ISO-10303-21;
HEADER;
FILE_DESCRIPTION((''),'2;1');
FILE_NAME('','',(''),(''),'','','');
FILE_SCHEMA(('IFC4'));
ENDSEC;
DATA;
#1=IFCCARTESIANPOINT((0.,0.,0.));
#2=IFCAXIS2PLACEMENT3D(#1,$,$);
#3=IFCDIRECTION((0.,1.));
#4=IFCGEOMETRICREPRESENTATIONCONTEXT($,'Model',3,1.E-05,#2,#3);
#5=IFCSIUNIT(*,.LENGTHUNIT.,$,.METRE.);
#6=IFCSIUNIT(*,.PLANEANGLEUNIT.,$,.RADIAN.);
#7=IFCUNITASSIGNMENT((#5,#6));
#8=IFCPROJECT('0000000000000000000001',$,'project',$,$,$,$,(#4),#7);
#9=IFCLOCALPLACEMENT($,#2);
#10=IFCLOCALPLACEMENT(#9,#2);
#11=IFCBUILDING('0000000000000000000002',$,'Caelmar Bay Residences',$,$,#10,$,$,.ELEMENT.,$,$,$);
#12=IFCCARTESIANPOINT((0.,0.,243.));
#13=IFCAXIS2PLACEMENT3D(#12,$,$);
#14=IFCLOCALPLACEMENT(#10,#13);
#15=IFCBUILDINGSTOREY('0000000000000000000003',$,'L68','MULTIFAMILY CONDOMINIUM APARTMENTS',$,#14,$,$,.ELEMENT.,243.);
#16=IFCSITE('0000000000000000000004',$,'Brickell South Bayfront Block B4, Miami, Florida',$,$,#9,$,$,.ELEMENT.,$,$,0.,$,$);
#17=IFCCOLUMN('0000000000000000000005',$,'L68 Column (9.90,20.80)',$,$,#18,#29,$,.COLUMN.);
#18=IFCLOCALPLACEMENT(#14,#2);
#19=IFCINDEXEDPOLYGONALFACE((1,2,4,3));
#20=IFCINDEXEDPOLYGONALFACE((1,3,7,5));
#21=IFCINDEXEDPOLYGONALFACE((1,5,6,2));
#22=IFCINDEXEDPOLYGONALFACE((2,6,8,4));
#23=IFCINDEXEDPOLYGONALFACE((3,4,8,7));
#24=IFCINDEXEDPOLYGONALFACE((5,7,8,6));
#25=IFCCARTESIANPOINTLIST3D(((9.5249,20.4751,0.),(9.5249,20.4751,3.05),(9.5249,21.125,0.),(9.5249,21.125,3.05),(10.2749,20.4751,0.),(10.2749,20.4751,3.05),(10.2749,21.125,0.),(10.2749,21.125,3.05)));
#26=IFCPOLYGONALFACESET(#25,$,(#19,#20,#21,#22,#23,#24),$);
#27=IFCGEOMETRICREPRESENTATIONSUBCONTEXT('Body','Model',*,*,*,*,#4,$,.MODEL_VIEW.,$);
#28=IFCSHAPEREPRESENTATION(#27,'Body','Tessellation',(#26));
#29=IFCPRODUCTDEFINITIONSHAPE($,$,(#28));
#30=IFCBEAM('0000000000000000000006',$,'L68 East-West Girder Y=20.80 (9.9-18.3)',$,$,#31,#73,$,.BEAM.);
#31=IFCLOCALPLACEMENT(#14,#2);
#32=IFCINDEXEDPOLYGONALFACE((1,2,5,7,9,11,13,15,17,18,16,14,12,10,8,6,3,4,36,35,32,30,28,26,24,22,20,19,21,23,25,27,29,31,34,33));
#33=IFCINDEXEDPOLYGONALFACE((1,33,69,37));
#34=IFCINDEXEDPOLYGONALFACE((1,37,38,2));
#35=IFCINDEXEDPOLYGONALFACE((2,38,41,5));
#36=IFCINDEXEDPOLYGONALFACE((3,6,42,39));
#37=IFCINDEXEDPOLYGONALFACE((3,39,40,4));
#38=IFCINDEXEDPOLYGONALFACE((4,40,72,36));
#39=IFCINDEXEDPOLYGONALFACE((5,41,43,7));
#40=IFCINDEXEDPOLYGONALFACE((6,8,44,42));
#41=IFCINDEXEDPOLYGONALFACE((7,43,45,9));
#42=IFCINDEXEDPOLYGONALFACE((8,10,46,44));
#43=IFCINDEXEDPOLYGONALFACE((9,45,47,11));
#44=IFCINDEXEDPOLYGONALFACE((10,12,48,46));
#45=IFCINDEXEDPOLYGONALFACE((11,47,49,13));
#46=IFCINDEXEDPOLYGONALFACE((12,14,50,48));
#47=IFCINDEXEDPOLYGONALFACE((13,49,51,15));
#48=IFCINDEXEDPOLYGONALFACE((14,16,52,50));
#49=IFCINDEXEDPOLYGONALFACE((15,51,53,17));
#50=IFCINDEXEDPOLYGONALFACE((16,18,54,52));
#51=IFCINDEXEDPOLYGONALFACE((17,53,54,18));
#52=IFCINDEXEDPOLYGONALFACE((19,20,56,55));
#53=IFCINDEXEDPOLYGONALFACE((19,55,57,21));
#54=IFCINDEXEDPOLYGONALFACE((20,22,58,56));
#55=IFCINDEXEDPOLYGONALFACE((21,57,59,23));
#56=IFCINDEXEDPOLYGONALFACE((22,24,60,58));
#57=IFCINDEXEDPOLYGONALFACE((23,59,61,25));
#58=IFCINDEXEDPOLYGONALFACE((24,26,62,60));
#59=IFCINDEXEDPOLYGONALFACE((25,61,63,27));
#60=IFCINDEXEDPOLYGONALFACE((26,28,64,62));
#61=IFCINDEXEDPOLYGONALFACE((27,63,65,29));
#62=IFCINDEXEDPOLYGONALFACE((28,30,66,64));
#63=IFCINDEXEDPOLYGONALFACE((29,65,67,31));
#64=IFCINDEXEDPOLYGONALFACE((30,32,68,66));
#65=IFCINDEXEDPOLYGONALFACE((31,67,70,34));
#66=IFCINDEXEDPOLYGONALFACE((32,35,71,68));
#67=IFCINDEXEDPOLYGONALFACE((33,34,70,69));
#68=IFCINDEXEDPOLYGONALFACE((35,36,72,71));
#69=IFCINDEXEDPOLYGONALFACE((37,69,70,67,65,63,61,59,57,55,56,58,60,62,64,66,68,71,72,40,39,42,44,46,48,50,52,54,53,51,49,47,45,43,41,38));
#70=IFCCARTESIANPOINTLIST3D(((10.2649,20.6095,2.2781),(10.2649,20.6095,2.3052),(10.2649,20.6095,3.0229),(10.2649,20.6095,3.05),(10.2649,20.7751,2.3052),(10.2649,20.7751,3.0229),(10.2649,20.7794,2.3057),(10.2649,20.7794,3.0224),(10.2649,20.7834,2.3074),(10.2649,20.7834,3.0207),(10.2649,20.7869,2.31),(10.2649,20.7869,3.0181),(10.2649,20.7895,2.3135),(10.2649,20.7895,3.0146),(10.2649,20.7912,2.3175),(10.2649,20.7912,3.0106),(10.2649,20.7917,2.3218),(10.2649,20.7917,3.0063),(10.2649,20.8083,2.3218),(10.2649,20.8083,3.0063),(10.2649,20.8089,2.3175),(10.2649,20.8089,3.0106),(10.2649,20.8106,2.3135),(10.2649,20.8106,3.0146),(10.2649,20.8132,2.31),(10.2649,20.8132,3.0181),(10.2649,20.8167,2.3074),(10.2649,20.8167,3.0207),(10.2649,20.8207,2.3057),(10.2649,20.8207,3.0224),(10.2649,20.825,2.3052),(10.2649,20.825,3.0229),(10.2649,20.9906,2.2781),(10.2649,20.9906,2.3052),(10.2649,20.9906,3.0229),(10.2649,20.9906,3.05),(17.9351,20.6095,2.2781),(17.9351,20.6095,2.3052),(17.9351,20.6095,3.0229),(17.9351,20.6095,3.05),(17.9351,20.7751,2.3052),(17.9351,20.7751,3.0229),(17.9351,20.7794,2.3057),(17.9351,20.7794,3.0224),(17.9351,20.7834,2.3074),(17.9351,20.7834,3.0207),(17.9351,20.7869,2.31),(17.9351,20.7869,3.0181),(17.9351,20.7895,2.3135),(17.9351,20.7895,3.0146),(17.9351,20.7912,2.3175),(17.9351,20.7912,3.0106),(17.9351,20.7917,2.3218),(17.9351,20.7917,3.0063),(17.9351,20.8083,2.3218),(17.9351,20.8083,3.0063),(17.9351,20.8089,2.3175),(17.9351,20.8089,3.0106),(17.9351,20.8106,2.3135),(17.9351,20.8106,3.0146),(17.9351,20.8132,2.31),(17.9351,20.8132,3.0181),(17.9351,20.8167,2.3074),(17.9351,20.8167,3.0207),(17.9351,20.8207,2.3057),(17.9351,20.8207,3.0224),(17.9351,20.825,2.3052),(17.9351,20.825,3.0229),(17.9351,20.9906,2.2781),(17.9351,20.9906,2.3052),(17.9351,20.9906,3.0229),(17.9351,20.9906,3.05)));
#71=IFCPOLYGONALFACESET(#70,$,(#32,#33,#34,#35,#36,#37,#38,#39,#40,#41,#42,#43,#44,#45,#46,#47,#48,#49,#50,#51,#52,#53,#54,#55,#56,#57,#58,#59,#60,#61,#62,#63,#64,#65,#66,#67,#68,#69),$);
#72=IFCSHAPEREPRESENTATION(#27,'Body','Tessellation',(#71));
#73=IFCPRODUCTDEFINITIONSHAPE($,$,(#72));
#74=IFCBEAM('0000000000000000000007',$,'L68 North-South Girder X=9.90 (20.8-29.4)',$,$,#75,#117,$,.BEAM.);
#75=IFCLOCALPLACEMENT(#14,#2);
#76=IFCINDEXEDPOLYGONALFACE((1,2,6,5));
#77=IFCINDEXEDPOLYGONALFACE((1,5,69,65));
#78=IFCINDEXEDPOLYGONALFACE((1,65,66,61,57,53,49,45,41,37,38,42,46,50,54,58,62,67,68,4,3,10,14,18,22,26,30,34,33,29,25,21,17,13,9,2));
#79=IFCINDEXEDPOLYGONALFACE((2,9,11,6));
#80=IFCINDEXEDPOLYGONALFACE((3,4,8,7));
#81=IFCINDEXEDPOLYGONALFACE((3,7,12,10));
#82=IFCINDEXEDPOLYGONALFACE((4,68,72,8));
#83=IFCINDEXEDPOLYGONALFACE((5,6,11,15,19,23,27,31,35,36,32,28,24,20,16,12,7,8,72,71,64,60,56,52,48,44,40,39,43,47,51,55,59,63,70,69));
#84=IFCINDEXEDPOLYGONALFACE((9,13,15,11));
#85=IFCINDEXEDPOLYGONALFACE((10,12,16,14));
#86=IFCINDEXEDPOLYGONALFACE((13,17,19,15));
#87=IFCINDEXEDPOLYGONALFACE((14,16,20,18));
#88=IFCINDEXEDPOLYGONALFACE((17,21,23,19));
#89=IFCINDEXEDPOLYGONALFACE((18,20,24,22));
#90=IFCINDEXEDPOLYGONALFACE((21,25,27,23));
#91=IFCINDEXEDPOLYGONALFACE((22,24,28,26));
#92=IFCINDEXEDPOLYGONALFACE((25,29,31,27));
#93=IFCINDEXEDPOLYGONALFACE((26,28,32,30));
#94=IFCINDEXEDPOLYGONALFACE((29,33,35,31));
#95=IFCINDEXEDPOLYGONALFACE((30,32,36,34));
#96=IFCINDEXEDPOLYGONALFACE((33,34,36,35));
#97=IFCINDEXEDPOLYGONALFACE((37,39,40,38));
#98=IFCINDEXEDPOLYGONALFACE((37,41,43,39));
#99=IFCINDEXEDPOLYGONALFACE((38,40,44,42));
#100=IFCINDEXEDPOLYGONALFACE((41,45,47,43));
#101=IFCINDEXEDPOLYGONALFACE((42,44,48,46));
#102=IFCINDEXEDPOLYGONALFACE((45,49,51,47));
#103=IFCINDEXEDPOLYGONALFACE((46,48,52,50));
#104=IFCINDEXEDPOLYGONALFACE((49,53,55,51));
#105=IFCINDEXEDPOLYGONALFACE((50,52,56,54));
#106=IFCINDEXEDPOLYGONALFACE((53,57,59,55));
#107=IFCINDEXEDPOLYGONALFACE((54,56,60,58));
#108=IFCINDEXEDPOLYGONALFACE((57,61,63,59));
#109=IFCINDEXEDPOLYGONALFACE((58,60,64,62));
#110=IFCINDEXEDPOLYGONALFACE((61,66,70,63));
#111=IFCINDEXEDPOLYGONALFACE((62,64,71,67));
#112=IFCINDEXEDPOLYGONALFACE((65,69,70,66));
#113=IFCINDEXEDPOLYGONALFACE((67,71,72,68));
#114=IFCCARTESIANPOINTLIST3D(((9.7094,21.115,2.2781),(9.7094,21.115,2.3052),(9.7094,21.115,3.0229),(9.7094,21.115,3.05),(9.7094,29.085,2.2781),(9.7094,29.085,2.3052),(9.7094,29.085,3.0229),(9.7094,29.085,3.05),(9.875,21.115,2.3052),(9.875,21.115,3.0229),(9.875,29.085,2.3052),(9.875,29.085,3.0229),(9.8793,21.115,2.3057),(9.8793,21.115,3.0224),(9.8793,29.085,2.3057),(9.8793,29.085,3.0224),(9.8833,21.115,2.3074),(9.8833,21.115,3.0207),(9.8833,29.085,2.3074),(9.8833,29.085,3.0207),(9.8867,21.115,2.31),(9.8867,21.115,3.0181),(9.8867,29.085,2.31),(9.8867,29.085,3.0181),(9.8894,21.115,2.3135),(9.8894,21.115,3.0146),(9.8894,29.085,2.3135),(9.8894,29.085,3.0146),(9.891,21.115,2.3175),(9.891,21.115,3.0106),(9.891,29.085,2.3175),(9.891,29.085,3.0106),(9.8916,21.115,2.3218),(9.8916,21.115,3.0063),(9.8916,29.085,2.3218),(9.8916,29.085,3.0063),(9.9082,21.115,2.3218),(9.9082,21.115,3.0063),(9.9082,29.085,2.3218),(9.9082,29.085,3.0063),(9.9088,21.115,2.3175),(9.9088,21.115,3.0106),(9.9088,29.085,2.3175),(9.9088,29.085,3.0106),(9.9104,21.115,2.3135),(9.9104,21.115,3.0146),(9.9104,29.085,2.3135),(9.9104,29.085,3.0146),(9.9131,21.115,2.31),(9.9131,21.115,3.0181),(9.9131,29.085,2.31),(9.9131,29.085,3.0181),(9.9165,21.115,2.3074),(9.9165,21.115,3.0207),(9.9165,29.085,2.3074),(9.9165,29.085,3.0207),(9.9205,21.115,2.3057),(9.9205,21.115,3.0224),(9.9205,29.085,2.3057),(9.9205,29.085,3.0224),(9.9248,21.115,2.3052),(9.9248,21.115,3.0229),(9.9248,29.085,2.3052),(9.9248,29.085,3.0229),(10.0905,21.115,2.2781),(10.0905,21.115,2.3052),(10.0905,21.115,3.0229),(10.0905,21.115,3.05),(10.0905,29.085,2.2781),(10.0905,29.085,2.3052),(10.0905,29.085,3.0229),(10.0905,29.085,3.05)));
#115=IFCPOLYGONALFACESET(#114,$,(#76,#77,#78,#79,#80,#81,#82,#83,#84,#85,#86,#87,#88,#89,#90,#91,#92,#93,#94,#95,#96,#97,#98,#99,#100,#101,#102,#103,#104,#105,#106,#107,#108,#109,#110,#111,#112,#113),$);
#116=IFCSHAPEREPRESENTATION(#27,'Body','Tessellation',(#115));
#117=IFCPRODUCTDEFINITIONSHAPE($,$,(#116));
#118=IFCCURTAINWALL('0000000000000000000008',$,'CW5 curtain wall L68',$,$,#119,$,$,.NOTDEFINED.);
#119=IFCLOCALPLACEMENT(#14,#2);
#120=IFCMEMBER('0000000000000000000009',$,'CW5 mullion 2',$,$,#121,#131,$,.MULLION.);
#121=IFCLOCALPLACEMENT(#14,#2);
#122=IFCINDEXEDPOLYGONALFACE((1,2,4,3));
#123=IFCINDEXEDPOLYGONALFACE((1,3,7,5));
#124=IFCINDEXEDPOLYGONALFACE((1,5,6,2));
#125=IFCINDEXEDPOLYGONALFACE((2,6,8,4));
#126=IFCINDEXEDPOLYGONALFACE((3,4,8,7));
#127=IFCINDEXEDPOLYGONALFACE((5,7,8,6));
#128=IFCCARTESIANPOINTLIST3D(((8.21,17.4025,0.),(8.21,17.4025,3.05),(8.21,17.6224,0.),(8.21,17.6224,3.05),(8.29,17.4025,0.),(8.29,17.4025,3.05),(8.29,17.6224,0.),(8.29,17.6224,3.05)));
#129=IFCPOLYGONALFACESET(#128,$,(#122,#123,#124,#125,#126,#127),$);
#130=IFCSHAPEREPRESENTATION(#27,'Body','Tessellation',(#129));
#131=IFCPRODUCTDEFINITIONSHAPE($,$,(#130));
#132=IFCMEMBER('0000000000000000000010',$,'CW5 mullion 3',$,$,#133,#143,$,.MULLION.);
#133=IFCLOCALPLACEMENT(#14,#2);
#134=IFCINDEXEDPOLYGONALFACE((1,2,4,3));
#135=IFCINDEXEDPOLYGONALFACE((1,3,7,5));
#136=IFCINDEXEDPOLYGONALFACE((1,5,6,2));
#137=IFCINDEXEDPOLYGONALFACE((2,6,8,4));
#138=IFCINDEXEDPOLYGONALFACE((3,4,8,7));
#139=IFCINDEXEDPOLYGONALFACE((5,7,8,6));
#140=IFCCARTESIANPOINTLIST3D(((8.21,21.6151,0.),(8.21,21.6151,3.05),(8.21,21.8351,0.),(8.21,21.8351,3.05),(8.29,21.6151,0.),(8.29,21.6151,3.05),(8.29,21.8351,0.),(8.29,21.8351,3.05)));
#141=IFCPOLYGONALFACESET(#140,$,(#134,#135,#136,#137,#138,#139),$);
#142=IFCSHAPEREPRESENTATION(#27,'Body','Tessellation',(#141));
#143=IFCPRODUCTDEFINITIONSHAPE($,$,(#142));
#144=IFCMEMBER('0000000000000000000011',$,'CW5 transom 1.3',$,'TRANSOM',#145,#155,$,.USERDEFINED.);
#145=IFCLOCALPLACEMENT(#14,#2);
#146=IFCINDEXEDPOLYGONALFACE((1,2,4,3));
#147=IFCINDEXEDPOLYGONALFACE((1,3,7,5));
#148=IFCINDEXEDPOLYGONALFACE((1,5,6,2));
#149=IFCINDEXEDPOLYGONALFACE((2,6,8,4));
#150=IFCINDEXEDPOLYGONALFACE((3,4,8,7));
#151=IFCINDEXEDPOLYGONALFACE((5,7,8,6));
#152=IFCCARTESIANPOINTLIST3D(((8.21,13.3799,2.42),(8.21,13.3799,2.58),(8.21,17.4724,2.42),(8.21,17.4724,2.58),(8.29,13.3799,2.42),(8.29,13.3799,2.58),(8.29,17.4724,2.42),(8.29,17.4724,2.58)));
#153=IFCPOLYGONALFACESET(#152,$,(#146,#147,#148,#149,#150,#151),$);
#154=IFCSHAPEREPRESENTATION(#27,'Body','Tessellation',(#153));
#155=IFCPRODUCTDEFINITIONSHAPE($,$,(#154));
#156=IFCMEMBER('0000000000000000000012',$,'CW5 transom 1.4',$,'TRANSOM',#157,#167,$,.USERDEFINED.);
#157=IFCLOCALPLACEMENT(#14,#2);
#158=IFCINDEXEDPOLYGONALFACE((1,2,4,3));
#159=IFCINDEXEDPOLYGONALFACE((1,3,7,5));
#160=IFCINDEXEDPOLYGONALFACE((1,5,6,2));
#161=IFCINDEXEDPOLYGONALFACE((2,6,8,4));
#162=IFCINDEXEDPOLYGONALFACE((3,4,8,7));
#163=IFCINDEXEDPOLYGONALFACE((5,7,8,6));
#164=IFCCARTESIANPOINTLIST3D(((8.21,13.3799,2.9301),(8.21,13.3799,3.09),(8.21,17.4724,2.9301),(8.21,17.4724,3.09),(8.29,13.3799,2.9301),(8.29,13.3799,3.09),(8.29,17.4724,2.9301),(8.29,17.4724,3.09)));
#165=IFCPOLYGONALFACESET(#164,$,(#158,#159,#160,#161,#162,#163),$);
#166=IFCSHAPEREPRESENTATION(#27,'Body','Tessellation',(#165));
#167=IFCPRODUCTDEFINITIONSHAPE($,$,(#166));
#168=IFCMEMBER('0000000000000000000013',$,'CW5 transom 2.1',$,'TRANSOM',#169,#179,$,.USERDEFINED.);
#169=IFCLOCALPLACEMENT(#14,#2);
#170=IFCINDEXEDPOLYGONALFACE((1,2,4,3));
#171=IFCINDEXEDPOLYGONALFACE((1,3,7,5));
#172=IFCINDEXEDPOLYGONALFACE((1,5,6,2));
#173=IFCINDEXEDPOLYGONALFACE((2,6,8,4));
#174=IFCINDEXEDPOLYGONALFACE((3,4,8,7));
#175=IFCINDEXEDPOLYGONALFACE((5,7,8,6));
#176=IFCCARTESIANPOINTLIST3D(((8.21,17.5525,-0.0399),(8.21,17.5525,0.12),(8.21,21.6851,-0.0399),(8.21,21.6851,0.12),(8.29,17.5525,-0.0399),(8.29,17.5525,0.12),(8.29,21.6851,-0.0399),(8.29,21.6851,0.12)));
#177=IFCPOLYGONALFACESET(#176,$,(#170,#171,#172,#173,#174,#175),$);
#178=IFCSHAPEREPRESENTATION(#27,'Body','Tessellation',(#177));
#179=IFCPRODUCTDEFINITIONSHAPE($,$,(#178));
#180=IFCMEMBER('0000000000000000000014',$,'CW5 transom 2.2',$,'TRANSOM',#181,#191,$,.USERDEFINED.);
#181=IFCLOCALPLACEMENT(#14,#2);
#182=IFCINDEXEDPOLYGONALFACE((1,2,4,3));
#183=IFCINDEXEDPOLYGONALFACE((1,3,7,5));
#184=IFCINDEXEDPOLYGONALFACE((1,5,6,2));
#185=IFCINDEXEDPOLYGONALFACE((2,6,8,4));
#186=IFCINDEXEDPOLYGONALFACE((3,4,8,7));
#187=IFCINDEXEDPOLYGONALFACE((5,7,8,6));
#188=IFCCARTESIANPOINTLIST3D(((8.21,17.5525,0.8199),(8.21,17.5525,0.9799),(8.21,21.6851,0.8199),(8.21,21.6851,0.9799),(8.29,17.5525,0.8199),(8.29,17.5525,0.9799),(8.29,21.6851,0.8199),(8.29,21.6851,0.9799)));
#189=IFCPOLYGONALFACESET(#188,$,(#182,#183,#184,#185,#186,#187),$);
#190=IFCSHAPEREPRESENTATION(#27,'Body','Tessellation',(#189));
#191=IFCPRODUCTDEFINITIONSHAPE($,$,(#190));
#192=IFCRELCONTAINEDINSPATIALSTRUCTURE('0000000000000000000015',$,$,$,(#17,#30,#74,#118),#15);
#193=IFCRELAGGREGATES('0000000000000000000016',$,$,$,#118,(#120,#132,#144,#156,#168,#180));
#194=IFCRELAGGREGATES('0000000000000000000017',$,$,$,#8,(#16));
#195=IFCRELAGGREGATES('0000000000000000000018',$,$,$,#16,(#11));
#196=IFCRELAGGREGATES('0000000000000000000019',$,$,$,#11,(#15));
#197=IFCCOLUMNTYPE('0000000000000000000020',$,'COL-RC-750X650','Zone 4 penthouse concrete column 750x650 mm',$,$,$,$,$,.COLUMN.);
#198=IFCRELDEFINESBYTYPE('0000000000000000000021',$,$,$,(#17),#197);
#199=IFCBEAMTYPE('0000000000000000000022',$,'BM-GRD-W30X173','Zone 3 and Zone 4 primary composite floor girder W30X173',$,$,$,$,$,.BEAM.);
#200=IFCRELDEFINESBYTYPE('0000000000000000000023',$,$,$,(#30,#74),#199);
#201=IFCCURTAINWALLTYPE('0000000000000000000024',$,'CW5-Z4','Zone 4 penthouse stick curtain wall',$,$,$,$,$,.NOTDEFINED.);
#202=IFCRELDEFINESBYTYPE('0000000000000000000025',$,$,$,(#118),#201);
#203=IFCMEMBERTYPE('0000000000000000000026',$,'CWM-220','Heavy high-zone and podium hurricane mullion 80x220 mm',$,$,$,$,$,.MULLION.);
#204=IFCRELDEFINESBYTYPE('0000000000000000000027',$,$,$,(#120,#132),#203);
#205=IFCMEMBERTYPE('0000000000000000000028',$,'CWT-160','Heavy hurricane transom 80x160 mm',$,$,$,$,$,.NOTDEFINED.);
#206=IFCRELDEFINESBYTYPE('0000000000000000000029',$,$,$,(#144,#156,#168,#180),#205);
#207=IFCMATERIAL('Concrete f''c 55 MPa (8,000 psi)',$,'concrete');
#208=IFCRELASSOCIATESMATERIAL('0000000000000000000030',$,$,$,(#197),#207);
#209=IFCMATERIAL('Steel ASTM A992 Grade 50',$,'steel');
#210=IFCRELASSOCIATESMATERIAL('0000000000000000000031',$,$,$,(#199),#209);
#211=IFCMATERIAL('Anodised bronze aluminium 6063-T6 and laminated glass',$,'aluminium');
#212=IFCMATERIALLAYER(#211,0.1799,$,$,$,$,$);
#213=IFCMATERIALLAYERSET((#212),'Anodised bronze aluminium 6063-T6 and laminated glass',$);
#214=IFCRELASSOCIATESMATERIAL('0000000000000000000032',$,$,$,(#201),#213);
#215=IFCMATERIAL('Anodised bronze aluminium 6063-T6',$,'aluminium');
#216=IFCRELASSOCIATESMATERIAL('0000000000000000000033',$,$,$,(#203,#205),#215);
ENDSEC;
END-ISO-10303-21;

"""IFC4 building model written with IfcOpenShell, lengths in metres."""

from ifc_helpers import new_model, si_unit, direction, frame, origin, origin_2d, place, context, subcontext, project, spatial, rectangle, i_section, extrude, material, layer, layer_set, material_profile, profile_set, type_object, element, aggregate, save


model = new_model("IFC4")

# Units and contexts
model_context = context("Model", 3, precision=1e-05, world=origin(), true_north=direction((0.0, 1.0)))
body_context = subcontext(model_context, "Body", "Model", "MODEL_VIEW")
ifc_project = project(units=[si_unit("LENGTHUNIT", "METRE"), si_unit("PLANEANGLEUNIT", "RADIAN")], contexts=[model_context])

# Site, building, storey
site_placement = place(None, origin())
site = spatial("IfcSite", under=ifc_project, at=site_placement, Name="Brickell South Bayfront Block B4, Miami, Florida", CompositionType="ELEMENT", RefElevation=0.0)
building_placement = place(site_placement, origin())
building = spatial("IfcBuilding", under=site, at=building_placement, Name="Caelmar Bay Residences", CompositionType="ELEMENT")
storey_placement = place(building_placement, frame((0.0, 0.0, 243.0)))
storey = spatial("IfcBuildingStorey", under=building, at=storey_placement, Name="L68", Description="MULTIFAMILY CONDOMINIUM APARTMENTS", CompositionType="ELEMENT", Elevation=243.0)

# Column
ifc_material_1 = material(Name="Concrete f'c 55 MPa (8,000 psi)", Category="concrete")
ifc_material_profile_1 = material_profile(ifc_material_1, rectangle(XDim=0.75, YDim=0.6499, at=origin_2d()), Name="RC-COL-750X650")
ifc_profile_set_1 = profile_set([ifc_material_profile_1], Name="Concrete f'c 55 MPa (8,000 psi)")
column_type = type_object("IfcColumnType", Name="COL-RC-750X650", Description="Zone 4 penthouse concrete column 750x650 mm", PredefinedType="COLUMN", material=ifc_profile_set_1)
column_placement = place(storey_placement, frame((9.8999, 20.8, 0.0), z_axis=(0.0, 0.0, 1.0), x_axis=(1.0, 0.0, 0.0)))
element("IfcColumn", 1, at=column_placement, inside=storey, type_object=column_type, Name="L68 Column (9.90,20.80)", PredefinedType="COLUMN", context=body_context, shape_type="SweptSolid", body=[
    extrude(rectangle(XDim=0.75, YDim=0.6499, at=origin_2d()), origin(), (0.0, 0.0, 1.0), 3.05),
])

# Beams
ifc_material_2 = material(Name="Steel ASTM A992 Grade 50", Category="steel")
ifc_material_profile_2 = material_profile(ifc_material_2, i_section(OverallWidth=0.3811, OverallDepth=0.772, WebThickness=0.0166, FlangeThickness=0.0271, FilletRadius=0.0166, at=origin_2d()), Name="W30X173")
ifc_profile_set_2 = profile_set([ifc_material_profile_2], Name="Steel ASTM A992 Grade 50")
beam_type = type_object("IfcBeamType", Name="BM-GRD-W30X173", Description="Zone 3 and Zone 4 primary composite floor girder W30X173", PredefinedType="BEAM", material=ifc_profile_set_2)
beam_1_placement = place(storey_placement, frame((10.2649, 20.8, 2.6641), z_axis=(1.0, 0.0, 0.0), x_axis=(0.0, 1.0, 0.0)))
element("IfcBeam", 2, at=beam_1_placement, inside=storey, type_object=beam_type, Name="L68 East-West Girder Y=20.80 (9.9-18.3)", PredefinedType="BEAM", context=body_context, shape_type="SweptSolid", body=[
    extrude(i_section(OverallWidth=0.3811, OverallDepth=0.772, WebThickness=0.0166, FlangeThickness=0.0271, FilletRadius=0.0166, at=origin_2d()), origin(), (0.0, 0.0, 1.0), 7.6702),
])
beam_2_placement = place(storey_placement, frame((9.8999, 21.115, 2.6641), z_axis=(0.0, 1.0, 0.0), x_axis=(-1.0, 0.0, 0.0)))
element("IfcBeam", 3, at=beam_2_placement, inside=storey, type_object=beam_type, Name="L68 North-South Girder X=9.90 (20.8-29.4)", PredefinedType="BEAM", context=body_context, shape_type="SweptSolid", body=[
    extrude(i_section(OverallWidth=0.3811, OverallDepth=0.772, WebThickness=0.0166, FlangeThickness=0.0271, FilletRadius=0.0166, at=origin_2d()), origin(), (0.0, 0.0, 1.0), 7.97),
])

# Curtain wall, members
ifc_material_3 = material(Name="Anodised bronze aluminium 6063-T6 and laminated glass", Category="aluminium")
ifc_layer_1 = layer(ifc_material_3, 0.1799)
ifc_layer_set_1 = layer_set([ifc_layer_1], Name="Anodised bronze aluminium 6063-T6 and laminated glass")
curtain_wall_type = type_object("IfcCurtainWallType", Name="CW5-Z4", Description="Zone 4 penthouse stick curtain wall", PredefinedType="NOTDEFINED", material=ifc_layer_set_1)
curtain_wall_placement = place(storey_placement, origin())
curtain_wall = element("IfcCurtainWall", 4, at=curtain_wall_placement, inside=storey, type_object=curtain_wall_type, Name="CW5 curtain wall L68", PredefinedType="NOTDEFINED")
ifc_material_4 = material(Name="Anodised bronze aluminium 6063-T6", Category="aluminium")
ifc_material_profile_3 = material_profile(ifc_material_4, rectangle(XDim=0.0801, YDim=0.22, at=origin_2d()), Name="CWM-80X220")
ifc_profile_set_3 = profile_set([ifc_material_profile_3], Name="Anodised bronze aluminium 6063-T6")
member_type_1 = type_object("IfcMemberType", Name="CWM-220", Description="Heavy high-zone and podium hurricane mullion 80x220 mm", PredefinedType="MULLION", material=ifc_profile_set_3)
member_1_placement = place(storey_placement, frame((8.25, 17.5125, 0.0), z_axis=(0.0, 0.0, 1.0), x_axis=(-1.0, 0.0, 0.0)))
member_1 = element("IfcMember", 5, at=member_1_placement, type_object=member_type_1, Name="CW5 mullion 2", PredefinedType="MULLION", context=body_context, shape_type="SweptSolid", body=[
    extrude(rectangle(XDim=0.0801, YDim=0.22, at=origin_2d()), origin(), (0.0, 0.0, 1.0), 3.05),
])
member_2_placement = place(storey_placement, frame((8.25, 21.7251, 0.0), z_axis=(0.0, 0.0, 1.0), x_axis=(-1.0, 0.0, 0.0)))
member_2 = element("IfcMember", 6, at=member_2_placement, type_object=member_type_1, Name="CW5 mullion 3", PredefinedType="MULLION", context=body_context, shape_type="SweptSolid", body=[
    extrude(rectangle(XDim=0.0801, YDim=0.22, at=origin_2d()), origin(), (0.0, 0.0, 1.0), 3.05),
])
ifc_material_profile_4 = material_profile(ifc_material_4, rectangle(XDim=0.0801, YDim=0.1599, at=origin_2d()), Name="CWT-80X160")
ifc_profile_set_4 = profile_set([ifc_material_profile_4], Name="Anodised bronze aluminium 6063-T6")
member_type_2 = type_object("IfcMemberType", Name="CWT-160", Description="Heavy hurricane transom 80x160 mm", PredefinedType="NOTDEFINED", material=ifc_profile_set_4)
member_3_placement = place(storey_placement, frame((8.25, 13.3799, 2.5), z_axis=(0.0, 1.0, 0.0), x_axis=(-1.0, 0.0, 0.0)))
member_3 = element("IfcMember", 7, at=member_3_placement, type_object=member_type_2, Name="CW5 transom 1.3", ObjectType="TRANSOM", PredefinedType="USERDEFINED", context=body_context, shape_type="SweptSolid", body=[
    extrude(rectangle(XDim=0.0801, YDim=0.1599, at=origin_2d()), origin(), (0.0, 0.0, 1.0), 4.0925),
])
member_4_placement = place(storey_placement, frame((8.25, 13.3799, 3.01), z_axis=(0.0, 1.0, 0.0), x_axis=(-1.0, 0.0, 0.0)))
member_4 = element("IfcMember", 8, at=member_4_placement, type_object=member_type_2, Name="CW5 transom 1.4", ObjectType="TRANSOM", PredefinedType="USERDEFINED", context=body_context, shape_type="SweptSolid", body=[
    extrude(rectangle(XDim=0.0801, YDim=0.1599, at=origin_2d()), origin(), (0.0, 0.0, 1.0), 4.0925),
])
member_5_placement = place(storey_placement, frame((8.25, 17.5525, 0.04), z_axis=(0.0, 1.0, 0.0), x_axis=(-1.0, 0.0, 0.0)))
member_5 = element("IfcMember", 9, at=member_5_placement, type_object=member_type_2, Name="CW5 transom 2.1", ObjectType="TRANSOM", PredefinedType="USERDEFINED", context=body_context, shape_type="SweptSolid", body=[
    extrude(rectangle(XDim=0.0801, YDim=0.1599, at=origin_2d()), origin(), (0.0, 0.0, 1.0), 4.1326),
])
member_6_placement = place(storey_placement, frame((8.25, 17.5525, 0.8999), z_axis=(0.0, 1.0, 0.0), x_axis=(-1.0, 0.0, 0.0)))
member_6 = element("IfcMember", 10, at=member_6_placement, type_object=member_type_2, Name="CW5 transom 2.2", ObjectType="TRANSOM", PredefinedType="USERDEFINED", context=body_context, shape_type="SweptSolid", body=[
    extrude(rectangle(XDim=0.0801, YDim=0.1599, at=origin_2d()), origin(), (0.0, 0.0, 1.0), 4.1326),
])
aggregate(curtain_wall, [member_1, member_2, member_3, member_4, member_5, member_6])

save(model, "model.ifc")
